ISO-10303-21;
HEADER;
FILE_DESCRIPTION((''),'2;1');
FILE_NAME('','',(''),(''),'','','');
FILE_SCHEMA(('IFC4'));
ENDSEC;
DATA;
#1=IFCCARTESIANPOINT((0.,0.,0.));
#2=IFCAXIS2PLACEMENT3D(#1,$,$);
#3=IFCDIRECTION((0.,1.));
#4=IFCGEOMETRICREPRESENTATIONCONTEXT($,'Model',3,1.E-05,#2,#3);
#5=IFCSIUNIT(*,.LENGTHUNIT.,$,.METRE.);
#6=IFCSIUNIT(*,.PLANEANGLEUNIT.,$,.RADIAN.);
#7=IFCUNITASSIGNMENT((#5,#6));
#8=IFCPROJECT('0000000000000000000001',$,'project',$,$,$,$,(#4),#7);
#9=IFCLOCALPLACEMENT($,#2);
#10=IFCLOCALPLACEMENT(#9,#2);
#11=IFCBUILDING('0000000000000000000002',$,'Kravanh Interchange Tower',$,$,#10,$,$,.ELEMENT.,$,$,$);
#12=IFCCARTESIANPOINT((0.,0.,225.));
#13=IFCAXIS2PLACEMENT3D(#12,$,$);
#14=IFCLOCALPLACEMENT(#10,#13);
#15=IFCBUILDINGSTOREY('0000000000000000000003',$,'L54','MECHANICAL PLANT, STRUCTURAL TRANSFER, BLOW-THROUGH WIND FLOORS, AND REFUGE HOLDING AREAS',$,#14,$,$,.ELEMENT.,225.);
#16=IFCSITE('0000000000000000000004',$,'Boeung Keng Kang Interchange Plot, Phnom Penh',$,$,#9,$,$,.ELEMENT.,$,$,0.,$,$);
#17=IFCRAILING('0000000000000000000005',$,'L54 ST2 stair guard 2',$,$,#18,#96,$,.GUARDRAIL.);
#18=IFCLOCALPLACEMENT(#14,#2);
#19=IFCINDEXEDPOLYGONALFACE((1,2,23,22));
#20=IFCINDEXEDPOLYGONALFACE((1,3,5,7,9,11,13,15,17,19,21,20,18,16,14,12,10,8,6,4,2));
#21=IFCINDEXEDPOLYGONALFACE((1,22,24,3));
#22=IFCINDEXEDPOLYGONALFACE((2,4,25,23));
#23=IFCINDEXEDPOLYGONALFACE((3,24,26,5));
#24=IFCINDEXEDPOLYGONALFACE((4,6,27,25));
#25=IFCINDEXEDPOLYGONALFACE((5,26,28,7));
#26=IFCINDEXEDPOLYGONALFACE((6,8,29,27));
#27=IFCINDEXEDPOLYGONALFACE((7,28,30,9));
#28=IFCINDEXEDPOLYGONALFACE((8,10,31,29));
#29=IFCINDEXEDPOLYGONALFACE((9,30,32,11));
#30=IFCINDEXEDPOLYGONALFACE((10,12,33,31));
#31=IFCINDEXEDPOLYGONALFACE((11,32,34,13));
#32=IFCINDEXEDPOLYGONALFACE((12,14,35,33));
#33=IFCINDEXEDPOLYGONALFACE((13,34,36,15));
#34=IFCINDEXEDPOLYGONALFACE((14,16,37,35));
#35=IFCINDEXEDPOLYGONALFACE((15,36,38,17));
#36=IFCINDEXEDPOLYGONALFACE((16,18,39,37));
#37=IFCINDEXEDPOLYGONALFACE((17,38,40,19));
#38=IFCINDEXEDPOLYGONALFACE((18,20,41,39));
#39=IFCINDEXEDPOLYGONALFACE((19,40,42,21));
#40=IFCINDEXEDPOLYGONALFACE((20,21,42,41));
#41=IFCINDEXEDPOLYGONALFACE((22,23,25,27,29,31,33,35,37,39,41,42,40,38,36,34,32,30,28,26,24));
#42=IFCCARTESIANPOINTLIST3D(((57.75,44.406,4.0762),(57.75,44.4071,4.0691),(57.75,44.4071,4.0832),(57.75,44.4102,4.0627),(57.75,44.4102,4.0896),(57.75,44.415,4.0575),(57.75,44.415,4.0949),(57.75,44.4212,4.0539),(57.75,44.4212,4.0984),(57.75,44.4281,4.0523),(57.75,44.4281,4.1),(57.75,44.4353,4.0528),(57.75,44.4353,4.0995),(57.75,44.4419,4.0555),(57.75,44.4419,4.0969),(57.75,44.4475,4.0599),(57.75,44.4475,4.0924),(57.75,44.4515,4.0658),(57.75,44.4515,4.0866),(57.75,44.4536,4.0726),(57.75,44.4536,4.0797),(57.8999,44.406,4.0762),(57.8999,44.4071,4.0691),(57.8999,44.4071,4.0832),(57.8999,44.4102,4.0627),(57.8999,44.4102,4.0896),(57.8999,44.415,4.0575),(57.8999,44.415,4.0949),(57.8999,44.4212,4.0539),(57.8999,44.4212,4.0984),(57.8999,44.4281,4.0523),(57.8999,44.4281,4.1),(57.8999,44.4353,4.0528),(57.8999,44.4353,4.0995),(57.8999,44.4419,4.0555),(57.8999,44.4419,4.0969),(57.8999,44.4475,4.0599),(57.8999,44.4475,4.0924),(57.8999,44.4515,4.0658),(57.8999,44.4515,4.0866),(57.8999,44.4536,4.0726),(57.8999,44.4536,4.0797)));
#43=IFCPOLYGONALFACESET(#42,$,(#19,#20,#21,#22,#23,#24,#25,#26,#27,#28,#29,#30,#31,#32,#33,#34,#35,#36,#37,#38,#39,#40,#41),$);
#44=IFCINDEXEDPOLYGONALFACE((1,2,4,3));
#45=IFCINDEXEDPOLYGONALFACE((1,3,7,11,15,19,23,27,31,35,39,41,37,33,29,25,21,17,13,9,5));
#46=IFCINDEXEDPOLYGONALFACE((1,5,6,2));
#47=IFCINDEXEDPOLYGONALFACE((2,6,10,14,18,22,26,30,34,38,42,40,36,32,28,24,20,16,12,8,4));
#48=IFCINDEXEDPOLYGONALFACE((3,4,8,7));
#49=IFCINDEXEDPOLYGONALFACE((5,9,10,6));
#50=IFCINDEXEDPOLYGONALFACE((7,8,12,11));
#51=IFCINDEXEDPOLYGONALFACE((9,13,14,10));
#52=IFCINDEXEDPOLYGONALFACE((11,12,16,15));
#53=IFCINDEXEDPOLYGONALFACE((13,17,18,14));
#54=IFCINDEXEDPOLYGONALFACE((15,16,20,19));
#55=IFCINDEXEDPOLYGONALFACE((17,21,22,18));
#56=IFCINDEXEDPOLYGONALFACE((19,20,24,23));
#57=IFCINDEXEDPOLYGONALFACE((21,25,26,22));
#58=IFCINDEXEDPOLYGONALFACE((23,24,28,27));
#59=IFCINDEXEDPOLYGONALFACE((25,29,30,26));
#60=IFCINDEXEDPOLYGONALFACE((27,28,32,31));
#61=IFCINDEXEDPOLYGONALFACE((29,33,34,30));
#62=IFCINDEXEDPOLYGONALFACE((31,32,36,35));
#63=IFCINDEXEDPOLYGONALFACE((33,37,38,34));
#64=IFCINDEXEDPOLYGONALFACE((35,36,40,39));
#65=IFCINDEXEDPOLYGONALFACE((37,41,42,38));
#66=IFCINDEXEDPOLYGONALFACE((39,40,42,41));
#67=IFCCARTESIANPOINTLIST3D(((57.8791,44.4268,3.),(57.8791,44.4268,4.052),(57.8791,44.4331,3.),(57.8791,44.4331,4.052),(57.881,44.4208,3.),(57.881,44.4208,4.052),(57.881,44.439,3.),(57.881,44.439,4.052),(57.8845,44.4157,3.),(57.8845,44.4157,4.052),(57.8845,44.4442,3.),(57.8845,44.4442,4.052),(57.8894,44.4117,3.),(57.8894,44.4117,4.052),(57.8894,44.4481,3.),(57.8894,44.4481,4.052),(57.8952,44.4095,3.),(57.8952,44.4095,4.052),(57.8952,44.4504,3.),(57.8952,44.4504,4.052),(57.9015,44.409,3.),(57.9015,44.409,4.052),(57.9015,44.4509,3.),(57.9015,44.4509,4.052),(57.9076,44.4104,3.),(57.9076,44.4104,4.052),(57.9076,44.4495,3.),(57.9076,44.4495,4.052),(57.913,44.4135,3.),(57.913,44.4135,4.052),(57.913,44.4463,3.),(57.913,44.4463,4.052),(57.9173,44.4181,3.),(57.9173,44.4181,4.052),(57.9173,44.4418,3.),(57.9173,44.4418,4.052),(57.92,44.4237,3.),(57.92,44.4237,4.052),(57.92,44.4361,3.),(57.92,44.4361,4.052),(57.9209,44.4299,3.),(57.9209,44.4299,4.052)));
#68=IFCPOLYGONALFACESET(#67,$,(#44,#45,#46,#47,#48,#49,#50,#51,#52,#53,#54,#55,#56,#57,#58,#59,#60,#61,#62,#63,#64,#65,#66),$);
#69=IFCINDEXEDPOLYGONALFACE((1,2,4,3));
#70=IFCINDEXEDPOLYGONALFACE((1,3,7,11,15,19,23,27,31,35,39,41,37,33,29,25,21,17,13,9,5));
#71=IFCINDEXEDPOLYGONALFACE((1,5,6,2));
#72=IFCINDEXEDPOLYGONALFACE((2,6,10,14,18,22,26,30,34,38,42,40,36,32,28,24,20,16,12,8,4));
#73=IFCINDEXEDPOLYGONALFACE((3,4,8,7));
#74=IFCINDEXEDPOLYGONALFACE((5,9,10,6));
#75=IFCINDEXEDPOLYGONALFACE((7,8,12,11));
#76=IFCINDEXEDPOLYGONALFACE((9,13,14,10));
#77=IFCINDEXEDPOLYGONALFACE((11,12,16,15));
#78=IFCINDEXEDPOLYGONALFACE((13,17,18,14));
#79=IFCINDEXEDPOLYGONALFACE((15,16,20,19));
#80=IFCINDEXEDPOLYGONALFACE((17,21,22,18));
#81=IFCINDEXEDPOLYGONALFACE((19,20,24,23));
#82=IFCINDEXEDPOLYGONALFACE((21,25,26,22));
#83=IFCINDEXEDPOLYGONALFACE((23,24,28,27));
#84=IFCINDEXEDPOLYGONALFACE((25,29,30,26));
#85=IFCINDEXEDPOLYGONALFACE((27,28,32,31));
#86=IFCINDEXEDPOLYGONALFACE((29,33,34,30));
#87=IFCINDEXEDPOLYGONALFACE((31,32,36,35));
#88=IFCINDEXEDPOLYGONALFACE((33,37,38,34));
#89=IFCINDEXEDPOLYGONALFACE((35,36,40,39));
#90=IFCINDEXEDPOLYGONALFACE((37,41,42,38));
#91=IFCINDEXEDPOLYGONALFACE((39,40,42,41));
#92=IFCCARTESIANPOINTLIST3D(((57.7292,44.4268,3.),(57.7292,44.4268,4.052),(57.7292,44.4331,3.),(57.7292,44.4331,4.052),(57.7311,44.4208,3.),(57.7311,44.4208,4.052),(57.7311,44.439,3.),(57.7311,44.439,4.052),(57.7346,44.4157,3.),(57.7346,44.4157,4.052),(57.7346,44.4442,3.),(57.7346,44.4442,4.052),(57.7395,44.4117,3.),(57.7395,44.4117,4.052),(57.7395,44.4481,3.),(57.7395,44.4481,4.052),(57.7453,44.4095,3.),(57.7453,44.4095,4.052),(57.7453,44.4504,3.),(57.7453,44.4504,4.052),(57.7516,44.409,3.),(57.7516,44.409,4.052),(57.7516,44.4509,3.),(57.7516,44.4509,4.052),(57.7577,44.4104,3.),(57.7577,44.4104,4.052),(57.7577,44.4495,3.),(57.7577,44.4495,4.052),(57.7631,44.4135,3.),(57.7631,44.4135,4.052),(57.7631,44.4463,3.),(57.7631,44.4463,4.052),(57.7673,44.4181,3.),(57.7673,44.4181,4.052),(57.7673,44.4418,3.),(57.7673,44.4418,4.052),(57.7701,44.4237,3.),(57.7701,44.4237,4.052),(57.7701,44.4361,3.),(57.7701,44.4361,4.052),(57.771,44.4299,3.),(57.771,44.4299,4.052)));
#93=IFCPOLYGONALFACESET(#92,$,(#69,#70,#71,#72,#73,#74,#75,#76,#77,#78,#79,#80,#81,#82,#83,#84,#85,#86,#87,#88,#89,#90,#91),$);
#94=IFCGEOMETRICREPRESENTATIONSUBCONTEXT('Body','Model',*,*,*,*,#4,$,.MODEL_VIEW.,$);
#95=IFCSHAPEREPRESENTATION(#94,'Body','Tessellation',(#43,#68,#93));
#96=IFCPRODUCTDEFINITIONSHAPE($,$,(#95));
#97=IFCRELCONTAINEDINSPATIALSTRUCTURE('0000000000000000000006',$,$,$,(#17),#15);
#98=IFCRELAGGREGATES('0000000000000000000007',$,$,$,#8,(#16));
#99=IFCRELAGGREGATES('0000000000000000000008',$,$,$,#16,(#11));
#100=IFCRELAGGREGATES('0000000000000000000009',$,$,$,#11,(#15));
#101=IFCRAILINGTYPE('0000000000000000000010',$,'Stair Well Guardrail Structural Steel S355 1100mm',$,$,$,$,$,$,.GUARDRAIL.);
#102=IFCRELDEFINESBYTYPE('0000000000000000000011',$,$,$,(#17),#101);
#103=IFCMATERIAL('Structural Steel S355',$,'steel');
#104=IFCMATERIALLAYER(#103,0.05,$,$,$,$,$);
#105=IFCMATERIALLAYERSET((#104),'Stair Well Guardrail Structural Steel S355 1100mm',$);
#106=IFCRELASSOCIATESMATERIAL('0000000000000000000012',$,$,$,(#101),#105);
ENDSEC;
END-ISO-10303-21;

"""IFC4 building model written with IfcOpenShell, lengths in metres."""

from ifc_helpers import new_model, si_unit, direction, frame, origin, origin_2d, place, context, subcontext, project, spatial, circle, extrude, material, layer, layer_set, type_object, element, save


model = new_model("IFC4")

# Units and contexts
model_context = context("Model", 3, precision=1e-05, world=origin(), true_north=direction((0.0, 1.0)))
body_context = subcontext(model_context, "Body", "Model", "MODEL_VIEW")
ifc_project = project(units=[si_unit("LENGTHUNIT", "METRE"), si_unit("PLANEANGLEUNIT", "RADIAN")], contexts=[model_context])

# Site, building, storey
site_placement = place(None, origin())
site = spatial("IfcSite", under=ifc_project, at=site_placement, Name="Boeung Keng Kang Interchange Plot, Phnom Penh", CompositionType="ELEMENT", RefElevation=0.0)
building_placement = place(site_placement, origin())
building = spatial("IfcBuilding", under=site, at=building_placement, Name="Kravanh Interchange Tower", CompositionType="ELEMENT")
storey_placement = place(building_placement, frame((0.0, 0.0, 225.0)))
storey = spatial("IfcBuildingStorey", under=building, at=storey_placement, Name="L54", Description="MECHANICAL PLANT, STRUCTURAL TRANSFER, BLOW-THROUGH WIND FLOORS, AND REFUGE HOLDING AREAS", CompositionType="ELEMENT", Elevation=225.0)

# Railing
ifc_material_1 = material(Name="Structural Steel S355", Category="steel")
ifc_layer_1 = layer(ifc_material_1, 0.05)
ifc_layer_set_1 = layer_set([ifc_layer_1], Name="Stair Well Guardrail Structural Steel S355 1100mm")
railing_type_1 = type_object("IfcRailingType", Name="Stair Well Guardrail Structural Steel S355 1100mm", PredefinedType="GUARDRAIL", material=ifc_layer_set_1)
railing_1_placement = place(storey_placement, frame((57.8999, 44.4299, 3.0)))
element("IfcRailing", 1, at=railing_1_placement, inside=storey, type_object=railing_type_1, Name="L54 ST2 stair guard 2", PredefinedType="GUARDRAIL", context=body_context, shape_type="SweptSolid", body=[
    extrude(circle(Radius=0.0239, at=origin_2d()), frame((0.0, 0.0, 1.0762), z_axis=(-1.0, 0.0, 0.0), x_axis=(0.0, -1.0, 0.0)), (0.0, 0.0, 1.0), 0.1499),
    extrude(circle(Radius=0.021, at=origin_2d()), origin(), (0.0, 0.0, 1.0), 1.052),
    extrude(circle(Radius=0.021, at=origin_2d()), frame((-0.1499, 0.0, 0.0)), (0.0, 0.0, 1.0), 1.052),
])

save(model, "model.ifc")
